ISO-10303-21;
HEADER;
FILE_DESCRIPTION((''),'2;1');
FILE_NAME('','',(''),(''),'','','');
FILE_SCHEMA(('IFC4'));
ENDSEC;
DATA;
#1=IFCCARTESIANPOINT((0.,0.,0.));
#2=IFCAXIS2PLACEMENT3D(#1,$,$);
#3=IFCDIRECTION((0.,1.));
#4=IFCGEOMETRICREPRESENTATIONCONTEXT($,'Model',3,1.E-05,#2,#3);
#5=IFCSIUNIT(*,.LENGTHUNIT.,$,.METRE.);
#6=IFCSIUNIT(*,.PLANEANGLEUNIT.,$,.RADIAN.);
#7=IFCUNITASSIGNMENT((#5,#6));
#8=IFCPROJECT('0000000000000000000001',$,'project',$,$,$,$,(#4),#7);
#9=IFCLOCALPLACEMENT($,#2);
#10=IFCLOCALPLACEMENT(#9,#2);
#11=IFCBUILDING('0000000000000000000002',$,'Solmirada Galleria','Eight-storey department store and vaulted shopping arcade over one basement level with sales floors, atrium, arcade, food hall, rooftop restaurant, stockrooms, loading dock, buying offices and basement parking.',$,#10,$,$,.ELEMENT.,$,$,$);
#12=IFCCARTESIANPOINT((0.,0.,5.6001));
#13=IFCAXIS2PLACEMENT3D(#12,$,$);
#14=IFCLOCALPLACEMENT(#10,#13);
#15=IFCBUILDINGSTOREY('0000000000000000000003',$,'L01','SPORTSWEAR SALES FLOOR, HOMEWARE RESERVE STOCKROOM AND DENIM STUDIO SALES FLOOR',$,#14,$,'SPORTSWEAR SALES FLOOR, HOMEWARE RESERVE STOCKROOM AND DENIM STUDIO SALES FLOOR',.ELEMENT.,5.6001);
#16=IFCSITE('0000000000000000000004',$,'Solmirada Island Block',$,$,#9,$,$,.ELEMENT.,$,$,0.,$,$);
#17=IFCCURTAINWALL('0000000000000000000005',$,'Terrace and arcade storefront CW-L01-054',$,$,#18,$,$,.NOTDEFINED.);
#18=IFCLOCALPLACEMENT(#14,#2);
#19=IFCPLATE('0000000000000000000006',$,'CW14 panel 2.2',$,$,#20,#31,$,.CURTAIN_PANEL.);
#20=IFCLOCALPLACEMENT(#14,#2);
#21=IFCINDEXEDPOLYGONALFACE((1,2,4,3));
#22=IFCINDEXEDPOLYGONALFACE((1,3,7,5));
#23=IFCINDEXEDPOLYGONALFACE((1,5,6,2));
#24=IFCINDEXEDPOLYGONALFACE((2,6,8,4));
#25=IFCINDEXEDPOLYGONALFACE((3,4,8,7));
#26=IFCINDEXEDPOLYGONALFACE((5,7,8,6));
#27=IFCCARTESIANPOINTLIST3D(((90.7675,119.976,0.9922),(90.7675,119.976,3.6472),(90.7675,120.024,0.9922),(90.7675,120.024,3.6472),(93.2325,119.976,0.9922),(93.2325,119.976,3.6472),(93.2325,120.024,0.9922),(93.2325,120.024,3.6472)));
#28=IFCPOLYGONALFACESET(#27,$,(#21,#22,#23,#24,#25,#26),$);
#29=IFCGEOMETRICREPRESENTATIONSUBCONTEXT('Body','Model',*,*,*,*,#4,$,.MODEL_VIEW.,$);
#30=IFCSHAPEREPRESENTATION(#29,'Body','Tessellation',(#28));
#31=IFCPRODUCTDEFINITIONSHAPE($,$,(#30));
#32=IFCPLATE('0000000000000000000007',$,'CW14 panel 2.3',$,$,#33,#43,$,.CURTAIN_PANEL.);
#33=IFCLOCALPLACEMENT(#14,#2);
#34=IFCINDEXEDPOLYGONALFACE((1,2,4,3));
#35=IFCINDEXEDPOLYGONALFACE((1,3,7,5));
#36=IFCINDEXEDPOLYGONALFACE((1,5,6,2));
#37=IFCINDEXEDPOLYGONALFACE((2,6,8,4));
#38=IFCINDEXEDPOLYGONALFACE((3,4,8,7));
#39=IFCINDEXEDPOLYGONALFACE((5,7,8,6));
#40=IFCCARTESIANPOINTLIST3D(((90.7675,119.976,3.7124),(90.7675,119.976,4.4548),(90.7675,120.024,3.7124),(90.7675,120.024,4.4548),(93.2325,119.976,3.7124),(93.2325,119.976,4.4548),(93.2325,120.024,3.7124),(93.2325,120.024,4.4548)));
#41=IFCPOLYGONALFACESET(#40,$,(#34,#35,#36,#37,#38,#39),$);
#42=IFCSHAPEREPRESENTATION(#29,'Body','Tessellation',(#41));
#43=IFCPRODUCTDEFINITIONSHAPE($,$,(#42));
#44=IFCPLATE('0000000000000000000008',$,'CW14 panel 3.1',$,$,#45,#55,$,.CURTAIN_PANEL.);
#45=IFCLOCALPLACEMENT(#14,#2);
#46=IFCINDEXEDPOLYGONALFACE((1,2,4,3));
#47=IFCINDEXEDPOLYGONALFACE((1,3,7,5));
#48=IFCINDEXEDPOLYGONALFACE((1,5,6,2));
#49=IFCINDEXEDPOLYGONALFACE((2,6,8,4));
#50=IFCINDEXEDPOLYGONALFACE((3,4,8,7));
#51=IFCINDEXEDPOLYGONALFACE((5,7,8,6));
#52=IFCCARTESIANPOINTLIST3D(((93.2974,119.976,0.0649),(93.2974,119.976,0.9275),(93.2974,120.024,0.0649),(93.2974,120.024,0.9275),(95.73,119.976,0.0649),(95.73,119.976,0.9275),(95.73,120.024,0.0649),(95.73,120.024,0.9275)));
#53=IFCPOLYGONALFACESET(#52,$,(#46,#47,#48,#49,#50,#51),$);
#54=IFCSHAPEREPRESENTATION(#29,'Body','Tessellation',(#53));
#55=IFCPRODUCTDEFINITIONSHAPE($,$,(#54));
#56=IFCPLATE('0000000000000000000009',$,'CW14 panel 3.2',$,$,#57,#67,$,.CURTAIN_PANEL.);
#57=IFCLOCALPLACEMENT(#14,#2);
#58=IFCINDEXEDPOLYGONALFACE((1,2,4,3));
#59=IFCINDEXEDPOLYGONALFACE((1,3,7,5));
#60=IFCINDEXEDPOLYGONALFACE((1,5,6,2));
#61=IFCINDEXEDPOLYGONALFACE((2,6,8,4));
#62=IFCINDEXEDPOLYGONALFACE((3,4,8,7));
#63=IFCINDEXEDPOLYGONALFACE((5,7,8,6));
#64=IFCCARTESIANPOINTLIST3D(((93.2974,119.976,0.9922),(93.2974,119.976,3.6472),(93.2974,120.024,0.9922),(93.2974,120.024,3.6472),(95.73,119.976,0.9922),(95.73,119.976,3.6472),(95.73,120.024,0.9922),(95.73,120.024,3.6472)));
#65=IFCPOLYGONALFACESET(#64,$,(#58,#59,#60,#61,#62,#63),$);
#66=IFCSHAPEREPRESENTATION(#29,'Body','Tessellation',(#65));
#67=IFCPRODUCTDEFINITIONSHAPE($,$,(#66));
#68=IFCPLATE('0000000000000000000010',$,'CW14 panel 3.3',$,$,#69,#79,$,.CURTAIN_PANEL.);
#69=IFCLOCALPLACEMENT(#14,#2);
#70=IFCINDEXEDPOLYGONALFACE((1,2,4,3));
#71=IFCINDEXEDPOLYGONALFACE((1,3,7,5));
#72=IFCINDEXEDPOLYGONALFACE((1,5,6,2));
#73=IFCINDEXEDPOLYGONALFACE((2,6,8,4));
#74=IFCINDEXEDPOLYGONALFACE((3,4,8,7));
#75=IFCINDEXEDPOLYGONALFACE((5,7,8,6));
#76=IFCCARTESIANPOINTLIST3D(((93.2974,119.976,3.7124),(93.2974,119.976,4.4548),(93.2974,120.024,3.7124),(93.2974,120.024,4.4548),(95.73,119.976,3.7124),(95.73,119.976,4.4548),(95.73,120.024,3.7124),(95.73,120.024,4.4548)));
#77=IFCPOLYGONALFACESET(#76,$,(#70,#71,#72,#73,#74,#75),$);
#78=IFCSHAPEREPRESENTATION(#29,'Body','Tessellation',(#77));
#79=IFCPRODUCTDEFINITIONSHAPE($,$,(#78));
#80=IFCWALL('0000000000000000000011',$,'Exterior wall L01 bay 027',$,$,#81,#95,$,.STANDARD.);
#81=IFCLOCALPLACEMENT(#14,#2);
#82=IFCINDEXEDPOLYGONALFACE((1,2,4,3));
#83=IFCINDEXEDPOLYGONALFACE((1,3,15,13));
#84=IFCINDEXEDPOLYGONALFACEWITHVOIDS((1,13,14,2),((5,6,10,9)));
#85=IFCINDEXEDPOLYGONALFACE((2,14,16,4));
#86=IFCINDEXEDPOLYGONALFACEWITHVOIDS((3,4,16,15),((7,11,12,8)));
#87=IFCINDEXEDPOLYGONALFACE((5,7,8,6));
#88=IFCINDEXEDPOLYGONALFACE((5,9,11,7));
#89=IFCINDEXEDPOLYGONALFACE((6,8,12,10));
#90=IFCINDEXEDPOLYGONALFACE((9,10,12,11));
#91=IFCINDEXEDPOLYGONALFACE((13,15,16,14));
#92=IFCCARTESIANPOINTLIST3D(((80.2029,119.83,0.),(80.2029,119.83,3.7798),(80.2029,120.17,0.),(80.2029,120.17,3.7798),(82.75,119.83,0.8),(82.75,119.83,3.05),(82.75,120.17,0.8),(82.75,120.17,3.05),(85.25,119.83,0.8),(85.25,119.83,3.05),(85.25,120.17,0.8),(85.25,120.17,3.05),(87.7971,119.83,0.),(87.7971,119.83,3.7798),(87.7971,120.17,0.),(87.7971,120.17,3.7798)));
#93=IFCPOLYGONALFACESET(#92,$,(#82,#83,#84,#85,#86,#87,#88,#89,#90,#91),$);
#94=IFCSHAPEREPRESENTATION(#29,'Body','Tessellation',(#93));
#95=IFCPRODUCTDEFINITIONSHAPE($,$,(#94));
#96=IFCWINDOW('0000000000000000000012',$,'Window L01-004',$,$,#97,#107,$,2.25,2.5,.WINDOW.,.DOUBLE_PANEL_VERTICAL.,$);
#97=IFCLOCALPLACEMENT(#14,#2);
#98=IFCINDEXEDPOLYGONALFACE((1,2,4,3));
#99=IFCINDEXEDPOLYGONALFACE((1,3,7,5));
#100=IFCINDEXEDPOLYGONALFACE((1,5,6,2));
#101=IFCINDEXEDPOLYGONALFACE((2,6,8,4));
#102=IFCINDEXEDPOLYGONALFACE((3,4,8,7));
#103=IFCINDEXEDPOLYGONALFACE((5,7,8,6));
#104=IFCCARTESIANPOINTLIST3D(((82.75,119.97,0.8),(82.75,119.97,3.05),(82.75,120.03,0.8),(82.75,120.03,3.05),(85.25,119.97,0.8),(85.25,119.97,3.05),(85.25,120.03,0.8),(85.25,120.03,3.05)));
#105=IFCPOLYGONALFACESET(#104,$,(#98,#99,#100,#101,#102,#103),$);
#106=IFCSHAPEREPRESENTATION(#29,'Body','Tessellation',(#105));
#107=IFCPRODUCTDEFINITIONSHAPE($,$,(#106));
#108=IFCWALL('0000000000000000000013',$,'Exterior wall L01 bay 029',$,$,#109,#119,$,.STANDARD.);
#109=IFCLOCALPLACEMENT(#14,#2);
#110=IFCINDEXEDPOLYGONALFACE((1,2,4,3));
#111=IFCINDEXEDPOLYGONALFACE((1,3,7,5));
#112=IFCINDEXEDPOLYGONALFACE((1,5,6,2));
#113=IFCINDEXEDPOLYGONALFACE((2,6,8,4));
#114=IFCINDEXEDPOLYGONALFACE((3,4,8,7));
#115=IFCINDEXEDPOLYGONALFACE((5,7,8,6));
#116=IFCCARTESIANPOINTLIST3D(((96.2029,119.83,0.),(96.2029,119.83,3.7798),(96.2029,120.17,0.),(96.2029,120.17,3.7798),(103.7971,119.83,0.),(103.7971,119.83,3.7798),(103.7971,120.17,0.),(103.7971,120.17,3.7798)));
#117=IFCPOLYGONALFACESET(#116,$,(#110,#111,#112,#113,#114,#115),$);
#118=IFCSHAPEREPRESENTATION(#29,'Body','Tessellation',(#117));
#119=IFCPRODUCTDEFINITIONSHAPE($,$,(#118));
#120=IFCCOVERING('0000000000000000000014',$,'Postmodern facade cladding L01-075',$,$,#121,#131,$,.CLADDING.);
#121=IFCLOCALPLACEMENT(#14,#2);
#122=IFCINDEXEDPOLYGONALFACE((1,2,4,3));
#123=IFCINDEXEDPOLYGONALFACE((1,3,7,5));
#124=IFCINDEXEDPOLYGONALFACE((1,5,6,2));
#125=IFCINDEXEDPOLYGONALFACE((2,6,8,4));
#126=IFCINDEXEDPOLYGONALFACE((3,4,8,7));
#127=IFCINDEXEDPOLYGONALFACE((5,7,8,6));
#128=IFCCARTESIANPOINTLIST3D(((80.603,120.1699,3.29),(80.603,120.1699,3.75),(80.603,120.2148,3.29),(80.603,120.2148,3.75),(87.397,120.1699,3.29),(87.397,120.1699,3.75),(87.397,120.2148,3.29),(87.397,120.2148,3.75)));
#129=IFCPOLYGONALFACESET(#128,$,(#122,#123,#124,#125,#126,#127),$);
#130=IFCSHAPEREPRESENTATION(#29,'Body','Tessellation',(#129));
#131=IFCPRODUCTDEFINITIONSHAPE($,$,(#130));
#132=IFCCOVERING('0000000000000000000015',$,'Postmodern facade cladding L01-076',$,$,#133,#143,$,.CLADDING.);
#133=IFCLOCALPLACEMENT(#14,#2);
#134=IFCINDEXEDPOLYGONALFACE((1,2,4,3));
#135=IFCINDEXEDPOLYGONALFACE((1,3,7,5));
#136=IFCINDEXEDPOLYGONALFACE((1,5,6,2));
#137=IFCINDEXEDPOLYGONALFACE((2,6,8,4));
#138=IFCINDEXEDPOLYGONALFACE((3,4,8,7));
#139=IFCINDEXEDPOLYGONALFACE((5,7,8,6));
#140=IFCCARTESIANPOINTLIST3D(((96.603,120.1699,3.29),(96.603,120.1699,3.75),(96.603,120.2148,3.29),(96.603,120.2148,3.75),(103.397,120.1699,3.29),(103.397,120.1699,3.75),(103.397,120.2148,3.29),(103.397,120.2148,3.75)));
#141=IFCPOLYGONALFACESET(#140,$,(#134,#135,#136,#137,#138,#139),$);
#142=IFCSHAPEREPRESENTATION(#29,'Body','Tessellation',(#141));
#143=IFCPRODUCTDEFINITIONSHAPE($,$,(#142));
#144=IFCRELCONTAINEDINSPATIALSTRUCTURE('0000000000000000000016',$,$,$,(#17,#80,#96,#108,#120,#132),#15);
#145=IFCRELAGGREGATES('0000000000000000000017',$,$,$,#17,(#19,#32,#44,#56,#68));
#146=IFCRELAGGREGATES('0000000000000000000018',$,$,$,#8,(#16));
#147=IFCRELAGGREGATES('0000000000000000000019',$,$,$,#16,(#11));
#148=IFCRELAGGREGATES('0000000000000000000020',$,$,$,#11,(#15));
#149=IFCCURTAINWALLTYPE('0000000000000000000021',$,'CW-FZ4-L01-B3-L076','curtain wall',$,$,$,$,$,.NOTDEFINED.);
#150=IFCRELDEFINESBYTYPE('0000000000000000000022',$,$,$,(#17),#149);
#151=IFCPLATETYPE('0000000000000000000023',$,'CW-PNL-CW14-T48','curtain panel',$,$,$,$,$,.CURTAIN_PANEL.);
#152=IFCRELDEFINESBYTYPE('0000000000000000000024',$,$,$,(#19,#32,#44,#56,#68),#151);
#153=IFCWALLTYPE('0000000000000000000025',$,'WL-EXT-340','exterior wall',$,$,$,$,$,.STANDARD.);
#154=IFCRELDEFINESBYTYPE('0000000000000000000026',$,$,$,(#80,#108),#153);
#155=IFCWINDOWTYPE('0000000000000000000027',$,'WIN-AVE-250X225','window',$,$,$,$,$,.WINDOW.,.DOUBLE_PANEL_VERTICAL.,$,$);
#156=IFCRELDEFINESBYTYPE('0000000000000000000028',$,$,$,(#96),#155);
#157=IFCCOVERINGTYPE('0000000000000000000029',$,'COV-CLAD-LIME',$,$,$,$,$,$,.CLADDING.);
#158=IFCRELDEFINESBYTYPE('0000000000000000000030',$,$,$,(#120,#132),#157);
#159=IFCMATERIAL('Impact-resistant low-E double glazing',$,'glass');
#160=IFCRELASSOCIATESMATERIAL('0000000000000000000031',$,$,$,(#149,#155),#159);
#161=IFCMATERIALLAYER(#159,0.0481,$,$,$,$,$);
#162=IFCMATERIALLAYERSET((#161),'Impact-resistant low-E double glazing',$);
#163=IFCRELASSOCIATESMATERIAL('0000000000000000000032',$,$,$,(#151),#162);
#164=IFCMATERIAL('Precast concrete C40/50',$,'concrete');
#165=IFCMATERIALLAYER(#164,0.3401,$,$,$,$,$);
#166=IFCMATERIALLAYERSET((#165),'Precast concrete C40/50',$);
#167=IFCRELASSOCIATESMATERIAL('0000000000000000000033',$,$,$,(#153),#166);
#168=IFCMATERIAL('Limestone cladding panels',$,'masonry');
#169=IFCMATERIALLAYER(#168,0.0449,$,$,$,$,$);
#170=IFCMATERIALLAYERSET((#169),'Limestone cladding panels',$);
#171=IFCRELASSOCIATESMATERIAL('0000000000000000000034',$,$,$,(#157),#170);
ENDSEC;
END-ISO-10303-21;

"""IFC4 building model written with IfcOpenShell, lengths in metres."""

from ifc_helpers import new_model, si_unit, direction, frame, frame_2d, origin, origin_2d, place, context, subcontext, project, spatial, rectangle, extrude, material, layer, layer_set, type_object, element, fill, aggregate, save


model = new_model("IFC4")

# Units and contexts
model_context = context("Model", 3, precision=1e-05, world=origin(), true_north=direction((0.0, 1.0)))
body_context = subcontext(model_context, "Body", "Model", "MODEL_VIEW")
ifc_project = project(units=[si_unit("LENGTHUNIT", "METRE"), si_unit("PLANEANGLEUNIT", "RADIAN")], contexts=[model_context])

# Site, building, storey
site_placement = place(None, origin())
site = spatial("IfcSite", under=ifc_project, at=site_placement, Name="Solmirada Island Block", CompositionType="ELEMENT", RefElevation=0.0)
building_placement = place(site_placement, origin())
building = spatial("IfcBuilding", under=site, at=building_placement, Name="Solmirada Galleria", Description="Eight-storey department store and vaulted shopping arcade over one basement level with sales floors, atrium, arcade, food hall, rooftop restaurant, stockrooms, loading dock, buying offices and basement parking.", CompositionType="ELEMENT")
storey_placement = place(building_placement, frame((0.0, 0.0, 5.6001)))
storey = spatial("IfcBuildingStorey", under=building, at=storey_placement, Name="L01", Description="SPORTSWEAR SALES FLOOR, HOMEWARE RESERVE STOCKROOM AND DENIM STUDIO SALES FLOOR", LongName="SPORTSWEAR SALES FLOOR, HOMEWARE RESERVE STOCKROOM AND DENIM STUDIO SALES FLOOR", CompositionType="ELEMENT", Elevation=5.6001)

# Shared definitions
ifc_material_1 = material(Name="Precast concrete C40/50", Category="concrete")

# Shared definitions
ifc_material_2 = material(Name="Impact-resistant low-E double glazing", Category="glass")
curtain_wall_type = type_object("IfcCurtainWallType", Name="CW-FZ4-L01-B3-L076", Description="curtain wall", PredefinedType="NOTDEFINED", material=ifc_material_2)

# Curtain wall, plates
curtain_wall_1_placement = place(storey_placement, origin())
curtain_wall_1 = element("IfcCurtainWall", 1, at=curtain_wall_1_placement, inside=storey, type_object=curtain_wall_type, Name="Terrace and arcade storefront CW-L01-054", PredefinedType="NOTDEFINED")
ifc_layer_1 = layer(ifc_material_2, 0.0481)
ifc_layer_set_1 = layer_set([ifc_layer_1], Name="Impact-resistant low-E double glazing")
plate_type = type_object("IfcPlateType", Name="CW-PNL-CW14-T48", Description="curtain panel", PredefinedType="CURTAIN_PANEL", material=ifc_layer_set_1)
plate_1_placement = place(storey_placement, frame((92.0, 120.0, 0.9922), z_axis=(0.0, 0.0, 1.0), x_axis=(1.0, 0.0, 0.0)))
plate_1 = element("IfcPlate", 2, at=plate_1_placement, type_object=plate_type, Name="CW14 panel 2.2", PredefinedType="CURTAIN_PANEL", context=body_context, shape_type="SweptSolid", body=[
    extrude(rectangle(XDim=2.4651, YDim=0.0481, at=origin_2d()), origin(), (0.0, 0.0, 1.0), 2.655),
])
plate_2_placement = place(storey_placement, frame((92.0, 120.0, 3.7124), z_axis=(0.0, 0.0, 1.0), x_axis=(1.0, 0.0, 0.0)))
plate_2 = element("IfcPlate", 3, at=plate_2_placement, type_object=plate_type, Name="CW14 panel 2.3", PredefinedType="CURTAIN_PANEL", context=body_context, shape_type="SweptSolid", body=[
    extrude(rectangle(XDim=2.4651, YDim=0.0481, at=origin_2d()), origin(), (0.0, 0.0, 1.0), 0.7424),
])
plate_3_placement = place(storey_placement, frame((94.5137, 120.0, 0.0649), z_axis=(0.0, 0.0, 1.0), x_axis=(1.0, 0.0, 0.0)))
plate_3 = element("IfcPlate", 4, at=plate_3_placement, type_object=plate_type, Name="CW14 panel 3.1", PredefinedType="CURTAIN_PANEL", context=body_context, shape_type="SweptSolid", body=[
    extrude(rectangle(XDim=2.4326, YDim=0.0481, at=origin_2d()), origin(), (0.0, 0.0, 1.0), 0.8625),
])
plate_4_placement = place(storey_placement, frame((94.5137, 120.0, 0.9922), z_axis=(0.0, 0.0, 1.0), x_axis=(1.0, 0.0, 0.0)))
plate_4 = element("IfcPlate", 5, at=plate_4_placement, type_object=plate_type, Name="CW14 panel 3.2", PredefinedType="CURTAIN_PANEL", context=body_context, shape_type="SweptSolid", body=[
    extrude(rectangle(XDim=2.4326, YDim=0.0481, at=origin_2d()), origin(), (0.0, 0.0, 1.0), 2.655),
])
plate_5_placement = place(storey_placement, frame((94.5137, 120.0, 3.7124), z_axis=(0.0, 0.0, 1.0), x_axis=(1.0, 0.0, 0.0)))
plate_5 = element("IfcPlate", 6, at=plate_5_placement, type_object=plate_type, Name="CW14 panel 3.3", PredefinedType="CURTAIN_PANEL", context=body_context, shape_type="SweptSolid", body=[
    extrude(rectangle(XDim=2.4326, YDim=0.0481, at=origin_2d()), origin(), (0.0, 0.0, 1.0), 0.7424),
])
aggregate(curtain_wall_1, [plate_1, plate_2, plate_3, plate_4, plate_5])

# Wall, opening, window
ifc_layer_2 = layer(ifc_material_1, 0.3401)
ifc_layer_set_2 = layer_set([ifc_layer_2], Name="Precast concrete C40/50")
wall_type = type_object("IfcWallType", Name="WL-EXT-340", Description="exterior wall", PredefinedType="STANDARD", material=ifc_layer_set_2)
wall_1_placement = place(storey_placement, frame((80.2029, 120.0, 0.0), z_axis=(0.0, 0.0, 1.0), x_axis=(1.0, 0.0, 0.0)))
wall_1 = element("IfcWall", 7, at=wall_1_placement, inside=storey, type_object=wall_type, Name="Exterior wall L01 bay 027", PredefinedType="STANDARD", context=body_context, shape_type="SweptSolid", body=[
    extrude(rectangle(XDim=7.5942, YDim=0.3401, at=frame_2d((3.7971, 0.0))), origin(), (0.0, 0.0, 1.0), 3.7798),
])
opening_placement = place(wall_1_placement, frame((2.5471, 0.0, 0.8)))
opening = element("IfcOpeningElement", 8, at=opening_placement, cuts=wall_1, PredefinedType="OPENING", context=body_context, shape_type="SweptSolid", body=[
    extrude(rectangle(XDim=2.5, YDim=2.25, at=frame_2d((1.25, 1.125))), frame((0.0, 0.1799, 0.0), z_axis=(0.0, -1.0, 0.0), x_axis=(1.0, 0.0, 0.0)), (0.0, 0.0, 1.0), 0.3601),
])
window_type = type_object("IfcWindowType", Name="WIN-AVE-250X225", Description="window", PartitioningType="DOUBLE_PANEL_VERTICAL", PredefinedType="WINDOW", material=ifc_material_2)
window_placement = place(opening_placement, origin())
window = element("IfcWindow", 9, at=window_placement, inside=storey, type_object=window_type, Name="Window L01-004", OverallHeight=2.25, OverallWidth=2.5, PartitioningType="DOUBLE_PANEL_VERTICAL", PredefinedType="WINDOW", context=body_context, shape_type="SweptSolid", body=[
    extrude(rectangle(XDim=2.5, YDim=2.25, at=frame_2d((1.25, 1.125))), frame((0.0, 0.03, 0.0), z_axis=(0.0, -1.0, 0.0), x_axis=(1.0, 0.0, 0.0)), (0.0, 0.0, 1.0), 0.0601),
])
fill(opening, window)

# Wall
wall_2_placement = place(storey_placement, frame((96.2029, 120.0, 0.0), z_axis=(0.0, 0.0, 1.0), x_axis=(1.0, 0.0, 0.0)))
element("IfcWall", 10, at=wall_2_placement, inside=storey, type_object=wall_type, Name="Exterior wall L01 bay 029", PredefinedType="STANDARD", context=body_context, shape_type="SweptSolid", body=[
    extrude(rectangle(XDim=7.5942, YDim=0.3401, at=frame_2d((3.7971, 0.0))), origin(), (0.0, 0.0, 1.0), 3.7798),
])

# Coverings
ifc_material_3 = material(Name="Limestone cladding panels", Category="masonry")
ifc_layer_3 = layer(ifc_material_3, 0.0449)
ifc_layer_set_3 = layer_set([ifc_layer_3], Name="Limestone cladding panels")
covering_type = type_object("IfcCoveringType", Name="COV-CLAD-LIME", PredefinedType="CLADDING", material=ifc_layer_set_3)
for number, where, z_axis, x_axis, name in (
    (11, (84.0, 120.1924, 3.29), (0.0, 0.0, 1.0), (1.0, 0.0, 0.0), "Postmodern facade cladding L01-075"),
    (12, (100.0, 120.1924, 3.29), (0.0, 0.0, 1.0), (1.0, 0.0, 0.0), "Postmodern facade cladding L01-076"),
):
    element("IfcCovering", number, at=place(storey_placement, frame(where, z_axis=z_axis, x_axis=x_axis)), inside=storey, type_object=covering_type, Name=name, PredefinedType="CLADDING", context=body_context, shape_type="SweptSolid", body=[
        extrude(rectangle(XDim=6.7939, YDim=0.0449, at=origin_2d()), origin(), (0.0, 0.0, 1.0), 0.46),
    ])

save(model, "model.ifc")
